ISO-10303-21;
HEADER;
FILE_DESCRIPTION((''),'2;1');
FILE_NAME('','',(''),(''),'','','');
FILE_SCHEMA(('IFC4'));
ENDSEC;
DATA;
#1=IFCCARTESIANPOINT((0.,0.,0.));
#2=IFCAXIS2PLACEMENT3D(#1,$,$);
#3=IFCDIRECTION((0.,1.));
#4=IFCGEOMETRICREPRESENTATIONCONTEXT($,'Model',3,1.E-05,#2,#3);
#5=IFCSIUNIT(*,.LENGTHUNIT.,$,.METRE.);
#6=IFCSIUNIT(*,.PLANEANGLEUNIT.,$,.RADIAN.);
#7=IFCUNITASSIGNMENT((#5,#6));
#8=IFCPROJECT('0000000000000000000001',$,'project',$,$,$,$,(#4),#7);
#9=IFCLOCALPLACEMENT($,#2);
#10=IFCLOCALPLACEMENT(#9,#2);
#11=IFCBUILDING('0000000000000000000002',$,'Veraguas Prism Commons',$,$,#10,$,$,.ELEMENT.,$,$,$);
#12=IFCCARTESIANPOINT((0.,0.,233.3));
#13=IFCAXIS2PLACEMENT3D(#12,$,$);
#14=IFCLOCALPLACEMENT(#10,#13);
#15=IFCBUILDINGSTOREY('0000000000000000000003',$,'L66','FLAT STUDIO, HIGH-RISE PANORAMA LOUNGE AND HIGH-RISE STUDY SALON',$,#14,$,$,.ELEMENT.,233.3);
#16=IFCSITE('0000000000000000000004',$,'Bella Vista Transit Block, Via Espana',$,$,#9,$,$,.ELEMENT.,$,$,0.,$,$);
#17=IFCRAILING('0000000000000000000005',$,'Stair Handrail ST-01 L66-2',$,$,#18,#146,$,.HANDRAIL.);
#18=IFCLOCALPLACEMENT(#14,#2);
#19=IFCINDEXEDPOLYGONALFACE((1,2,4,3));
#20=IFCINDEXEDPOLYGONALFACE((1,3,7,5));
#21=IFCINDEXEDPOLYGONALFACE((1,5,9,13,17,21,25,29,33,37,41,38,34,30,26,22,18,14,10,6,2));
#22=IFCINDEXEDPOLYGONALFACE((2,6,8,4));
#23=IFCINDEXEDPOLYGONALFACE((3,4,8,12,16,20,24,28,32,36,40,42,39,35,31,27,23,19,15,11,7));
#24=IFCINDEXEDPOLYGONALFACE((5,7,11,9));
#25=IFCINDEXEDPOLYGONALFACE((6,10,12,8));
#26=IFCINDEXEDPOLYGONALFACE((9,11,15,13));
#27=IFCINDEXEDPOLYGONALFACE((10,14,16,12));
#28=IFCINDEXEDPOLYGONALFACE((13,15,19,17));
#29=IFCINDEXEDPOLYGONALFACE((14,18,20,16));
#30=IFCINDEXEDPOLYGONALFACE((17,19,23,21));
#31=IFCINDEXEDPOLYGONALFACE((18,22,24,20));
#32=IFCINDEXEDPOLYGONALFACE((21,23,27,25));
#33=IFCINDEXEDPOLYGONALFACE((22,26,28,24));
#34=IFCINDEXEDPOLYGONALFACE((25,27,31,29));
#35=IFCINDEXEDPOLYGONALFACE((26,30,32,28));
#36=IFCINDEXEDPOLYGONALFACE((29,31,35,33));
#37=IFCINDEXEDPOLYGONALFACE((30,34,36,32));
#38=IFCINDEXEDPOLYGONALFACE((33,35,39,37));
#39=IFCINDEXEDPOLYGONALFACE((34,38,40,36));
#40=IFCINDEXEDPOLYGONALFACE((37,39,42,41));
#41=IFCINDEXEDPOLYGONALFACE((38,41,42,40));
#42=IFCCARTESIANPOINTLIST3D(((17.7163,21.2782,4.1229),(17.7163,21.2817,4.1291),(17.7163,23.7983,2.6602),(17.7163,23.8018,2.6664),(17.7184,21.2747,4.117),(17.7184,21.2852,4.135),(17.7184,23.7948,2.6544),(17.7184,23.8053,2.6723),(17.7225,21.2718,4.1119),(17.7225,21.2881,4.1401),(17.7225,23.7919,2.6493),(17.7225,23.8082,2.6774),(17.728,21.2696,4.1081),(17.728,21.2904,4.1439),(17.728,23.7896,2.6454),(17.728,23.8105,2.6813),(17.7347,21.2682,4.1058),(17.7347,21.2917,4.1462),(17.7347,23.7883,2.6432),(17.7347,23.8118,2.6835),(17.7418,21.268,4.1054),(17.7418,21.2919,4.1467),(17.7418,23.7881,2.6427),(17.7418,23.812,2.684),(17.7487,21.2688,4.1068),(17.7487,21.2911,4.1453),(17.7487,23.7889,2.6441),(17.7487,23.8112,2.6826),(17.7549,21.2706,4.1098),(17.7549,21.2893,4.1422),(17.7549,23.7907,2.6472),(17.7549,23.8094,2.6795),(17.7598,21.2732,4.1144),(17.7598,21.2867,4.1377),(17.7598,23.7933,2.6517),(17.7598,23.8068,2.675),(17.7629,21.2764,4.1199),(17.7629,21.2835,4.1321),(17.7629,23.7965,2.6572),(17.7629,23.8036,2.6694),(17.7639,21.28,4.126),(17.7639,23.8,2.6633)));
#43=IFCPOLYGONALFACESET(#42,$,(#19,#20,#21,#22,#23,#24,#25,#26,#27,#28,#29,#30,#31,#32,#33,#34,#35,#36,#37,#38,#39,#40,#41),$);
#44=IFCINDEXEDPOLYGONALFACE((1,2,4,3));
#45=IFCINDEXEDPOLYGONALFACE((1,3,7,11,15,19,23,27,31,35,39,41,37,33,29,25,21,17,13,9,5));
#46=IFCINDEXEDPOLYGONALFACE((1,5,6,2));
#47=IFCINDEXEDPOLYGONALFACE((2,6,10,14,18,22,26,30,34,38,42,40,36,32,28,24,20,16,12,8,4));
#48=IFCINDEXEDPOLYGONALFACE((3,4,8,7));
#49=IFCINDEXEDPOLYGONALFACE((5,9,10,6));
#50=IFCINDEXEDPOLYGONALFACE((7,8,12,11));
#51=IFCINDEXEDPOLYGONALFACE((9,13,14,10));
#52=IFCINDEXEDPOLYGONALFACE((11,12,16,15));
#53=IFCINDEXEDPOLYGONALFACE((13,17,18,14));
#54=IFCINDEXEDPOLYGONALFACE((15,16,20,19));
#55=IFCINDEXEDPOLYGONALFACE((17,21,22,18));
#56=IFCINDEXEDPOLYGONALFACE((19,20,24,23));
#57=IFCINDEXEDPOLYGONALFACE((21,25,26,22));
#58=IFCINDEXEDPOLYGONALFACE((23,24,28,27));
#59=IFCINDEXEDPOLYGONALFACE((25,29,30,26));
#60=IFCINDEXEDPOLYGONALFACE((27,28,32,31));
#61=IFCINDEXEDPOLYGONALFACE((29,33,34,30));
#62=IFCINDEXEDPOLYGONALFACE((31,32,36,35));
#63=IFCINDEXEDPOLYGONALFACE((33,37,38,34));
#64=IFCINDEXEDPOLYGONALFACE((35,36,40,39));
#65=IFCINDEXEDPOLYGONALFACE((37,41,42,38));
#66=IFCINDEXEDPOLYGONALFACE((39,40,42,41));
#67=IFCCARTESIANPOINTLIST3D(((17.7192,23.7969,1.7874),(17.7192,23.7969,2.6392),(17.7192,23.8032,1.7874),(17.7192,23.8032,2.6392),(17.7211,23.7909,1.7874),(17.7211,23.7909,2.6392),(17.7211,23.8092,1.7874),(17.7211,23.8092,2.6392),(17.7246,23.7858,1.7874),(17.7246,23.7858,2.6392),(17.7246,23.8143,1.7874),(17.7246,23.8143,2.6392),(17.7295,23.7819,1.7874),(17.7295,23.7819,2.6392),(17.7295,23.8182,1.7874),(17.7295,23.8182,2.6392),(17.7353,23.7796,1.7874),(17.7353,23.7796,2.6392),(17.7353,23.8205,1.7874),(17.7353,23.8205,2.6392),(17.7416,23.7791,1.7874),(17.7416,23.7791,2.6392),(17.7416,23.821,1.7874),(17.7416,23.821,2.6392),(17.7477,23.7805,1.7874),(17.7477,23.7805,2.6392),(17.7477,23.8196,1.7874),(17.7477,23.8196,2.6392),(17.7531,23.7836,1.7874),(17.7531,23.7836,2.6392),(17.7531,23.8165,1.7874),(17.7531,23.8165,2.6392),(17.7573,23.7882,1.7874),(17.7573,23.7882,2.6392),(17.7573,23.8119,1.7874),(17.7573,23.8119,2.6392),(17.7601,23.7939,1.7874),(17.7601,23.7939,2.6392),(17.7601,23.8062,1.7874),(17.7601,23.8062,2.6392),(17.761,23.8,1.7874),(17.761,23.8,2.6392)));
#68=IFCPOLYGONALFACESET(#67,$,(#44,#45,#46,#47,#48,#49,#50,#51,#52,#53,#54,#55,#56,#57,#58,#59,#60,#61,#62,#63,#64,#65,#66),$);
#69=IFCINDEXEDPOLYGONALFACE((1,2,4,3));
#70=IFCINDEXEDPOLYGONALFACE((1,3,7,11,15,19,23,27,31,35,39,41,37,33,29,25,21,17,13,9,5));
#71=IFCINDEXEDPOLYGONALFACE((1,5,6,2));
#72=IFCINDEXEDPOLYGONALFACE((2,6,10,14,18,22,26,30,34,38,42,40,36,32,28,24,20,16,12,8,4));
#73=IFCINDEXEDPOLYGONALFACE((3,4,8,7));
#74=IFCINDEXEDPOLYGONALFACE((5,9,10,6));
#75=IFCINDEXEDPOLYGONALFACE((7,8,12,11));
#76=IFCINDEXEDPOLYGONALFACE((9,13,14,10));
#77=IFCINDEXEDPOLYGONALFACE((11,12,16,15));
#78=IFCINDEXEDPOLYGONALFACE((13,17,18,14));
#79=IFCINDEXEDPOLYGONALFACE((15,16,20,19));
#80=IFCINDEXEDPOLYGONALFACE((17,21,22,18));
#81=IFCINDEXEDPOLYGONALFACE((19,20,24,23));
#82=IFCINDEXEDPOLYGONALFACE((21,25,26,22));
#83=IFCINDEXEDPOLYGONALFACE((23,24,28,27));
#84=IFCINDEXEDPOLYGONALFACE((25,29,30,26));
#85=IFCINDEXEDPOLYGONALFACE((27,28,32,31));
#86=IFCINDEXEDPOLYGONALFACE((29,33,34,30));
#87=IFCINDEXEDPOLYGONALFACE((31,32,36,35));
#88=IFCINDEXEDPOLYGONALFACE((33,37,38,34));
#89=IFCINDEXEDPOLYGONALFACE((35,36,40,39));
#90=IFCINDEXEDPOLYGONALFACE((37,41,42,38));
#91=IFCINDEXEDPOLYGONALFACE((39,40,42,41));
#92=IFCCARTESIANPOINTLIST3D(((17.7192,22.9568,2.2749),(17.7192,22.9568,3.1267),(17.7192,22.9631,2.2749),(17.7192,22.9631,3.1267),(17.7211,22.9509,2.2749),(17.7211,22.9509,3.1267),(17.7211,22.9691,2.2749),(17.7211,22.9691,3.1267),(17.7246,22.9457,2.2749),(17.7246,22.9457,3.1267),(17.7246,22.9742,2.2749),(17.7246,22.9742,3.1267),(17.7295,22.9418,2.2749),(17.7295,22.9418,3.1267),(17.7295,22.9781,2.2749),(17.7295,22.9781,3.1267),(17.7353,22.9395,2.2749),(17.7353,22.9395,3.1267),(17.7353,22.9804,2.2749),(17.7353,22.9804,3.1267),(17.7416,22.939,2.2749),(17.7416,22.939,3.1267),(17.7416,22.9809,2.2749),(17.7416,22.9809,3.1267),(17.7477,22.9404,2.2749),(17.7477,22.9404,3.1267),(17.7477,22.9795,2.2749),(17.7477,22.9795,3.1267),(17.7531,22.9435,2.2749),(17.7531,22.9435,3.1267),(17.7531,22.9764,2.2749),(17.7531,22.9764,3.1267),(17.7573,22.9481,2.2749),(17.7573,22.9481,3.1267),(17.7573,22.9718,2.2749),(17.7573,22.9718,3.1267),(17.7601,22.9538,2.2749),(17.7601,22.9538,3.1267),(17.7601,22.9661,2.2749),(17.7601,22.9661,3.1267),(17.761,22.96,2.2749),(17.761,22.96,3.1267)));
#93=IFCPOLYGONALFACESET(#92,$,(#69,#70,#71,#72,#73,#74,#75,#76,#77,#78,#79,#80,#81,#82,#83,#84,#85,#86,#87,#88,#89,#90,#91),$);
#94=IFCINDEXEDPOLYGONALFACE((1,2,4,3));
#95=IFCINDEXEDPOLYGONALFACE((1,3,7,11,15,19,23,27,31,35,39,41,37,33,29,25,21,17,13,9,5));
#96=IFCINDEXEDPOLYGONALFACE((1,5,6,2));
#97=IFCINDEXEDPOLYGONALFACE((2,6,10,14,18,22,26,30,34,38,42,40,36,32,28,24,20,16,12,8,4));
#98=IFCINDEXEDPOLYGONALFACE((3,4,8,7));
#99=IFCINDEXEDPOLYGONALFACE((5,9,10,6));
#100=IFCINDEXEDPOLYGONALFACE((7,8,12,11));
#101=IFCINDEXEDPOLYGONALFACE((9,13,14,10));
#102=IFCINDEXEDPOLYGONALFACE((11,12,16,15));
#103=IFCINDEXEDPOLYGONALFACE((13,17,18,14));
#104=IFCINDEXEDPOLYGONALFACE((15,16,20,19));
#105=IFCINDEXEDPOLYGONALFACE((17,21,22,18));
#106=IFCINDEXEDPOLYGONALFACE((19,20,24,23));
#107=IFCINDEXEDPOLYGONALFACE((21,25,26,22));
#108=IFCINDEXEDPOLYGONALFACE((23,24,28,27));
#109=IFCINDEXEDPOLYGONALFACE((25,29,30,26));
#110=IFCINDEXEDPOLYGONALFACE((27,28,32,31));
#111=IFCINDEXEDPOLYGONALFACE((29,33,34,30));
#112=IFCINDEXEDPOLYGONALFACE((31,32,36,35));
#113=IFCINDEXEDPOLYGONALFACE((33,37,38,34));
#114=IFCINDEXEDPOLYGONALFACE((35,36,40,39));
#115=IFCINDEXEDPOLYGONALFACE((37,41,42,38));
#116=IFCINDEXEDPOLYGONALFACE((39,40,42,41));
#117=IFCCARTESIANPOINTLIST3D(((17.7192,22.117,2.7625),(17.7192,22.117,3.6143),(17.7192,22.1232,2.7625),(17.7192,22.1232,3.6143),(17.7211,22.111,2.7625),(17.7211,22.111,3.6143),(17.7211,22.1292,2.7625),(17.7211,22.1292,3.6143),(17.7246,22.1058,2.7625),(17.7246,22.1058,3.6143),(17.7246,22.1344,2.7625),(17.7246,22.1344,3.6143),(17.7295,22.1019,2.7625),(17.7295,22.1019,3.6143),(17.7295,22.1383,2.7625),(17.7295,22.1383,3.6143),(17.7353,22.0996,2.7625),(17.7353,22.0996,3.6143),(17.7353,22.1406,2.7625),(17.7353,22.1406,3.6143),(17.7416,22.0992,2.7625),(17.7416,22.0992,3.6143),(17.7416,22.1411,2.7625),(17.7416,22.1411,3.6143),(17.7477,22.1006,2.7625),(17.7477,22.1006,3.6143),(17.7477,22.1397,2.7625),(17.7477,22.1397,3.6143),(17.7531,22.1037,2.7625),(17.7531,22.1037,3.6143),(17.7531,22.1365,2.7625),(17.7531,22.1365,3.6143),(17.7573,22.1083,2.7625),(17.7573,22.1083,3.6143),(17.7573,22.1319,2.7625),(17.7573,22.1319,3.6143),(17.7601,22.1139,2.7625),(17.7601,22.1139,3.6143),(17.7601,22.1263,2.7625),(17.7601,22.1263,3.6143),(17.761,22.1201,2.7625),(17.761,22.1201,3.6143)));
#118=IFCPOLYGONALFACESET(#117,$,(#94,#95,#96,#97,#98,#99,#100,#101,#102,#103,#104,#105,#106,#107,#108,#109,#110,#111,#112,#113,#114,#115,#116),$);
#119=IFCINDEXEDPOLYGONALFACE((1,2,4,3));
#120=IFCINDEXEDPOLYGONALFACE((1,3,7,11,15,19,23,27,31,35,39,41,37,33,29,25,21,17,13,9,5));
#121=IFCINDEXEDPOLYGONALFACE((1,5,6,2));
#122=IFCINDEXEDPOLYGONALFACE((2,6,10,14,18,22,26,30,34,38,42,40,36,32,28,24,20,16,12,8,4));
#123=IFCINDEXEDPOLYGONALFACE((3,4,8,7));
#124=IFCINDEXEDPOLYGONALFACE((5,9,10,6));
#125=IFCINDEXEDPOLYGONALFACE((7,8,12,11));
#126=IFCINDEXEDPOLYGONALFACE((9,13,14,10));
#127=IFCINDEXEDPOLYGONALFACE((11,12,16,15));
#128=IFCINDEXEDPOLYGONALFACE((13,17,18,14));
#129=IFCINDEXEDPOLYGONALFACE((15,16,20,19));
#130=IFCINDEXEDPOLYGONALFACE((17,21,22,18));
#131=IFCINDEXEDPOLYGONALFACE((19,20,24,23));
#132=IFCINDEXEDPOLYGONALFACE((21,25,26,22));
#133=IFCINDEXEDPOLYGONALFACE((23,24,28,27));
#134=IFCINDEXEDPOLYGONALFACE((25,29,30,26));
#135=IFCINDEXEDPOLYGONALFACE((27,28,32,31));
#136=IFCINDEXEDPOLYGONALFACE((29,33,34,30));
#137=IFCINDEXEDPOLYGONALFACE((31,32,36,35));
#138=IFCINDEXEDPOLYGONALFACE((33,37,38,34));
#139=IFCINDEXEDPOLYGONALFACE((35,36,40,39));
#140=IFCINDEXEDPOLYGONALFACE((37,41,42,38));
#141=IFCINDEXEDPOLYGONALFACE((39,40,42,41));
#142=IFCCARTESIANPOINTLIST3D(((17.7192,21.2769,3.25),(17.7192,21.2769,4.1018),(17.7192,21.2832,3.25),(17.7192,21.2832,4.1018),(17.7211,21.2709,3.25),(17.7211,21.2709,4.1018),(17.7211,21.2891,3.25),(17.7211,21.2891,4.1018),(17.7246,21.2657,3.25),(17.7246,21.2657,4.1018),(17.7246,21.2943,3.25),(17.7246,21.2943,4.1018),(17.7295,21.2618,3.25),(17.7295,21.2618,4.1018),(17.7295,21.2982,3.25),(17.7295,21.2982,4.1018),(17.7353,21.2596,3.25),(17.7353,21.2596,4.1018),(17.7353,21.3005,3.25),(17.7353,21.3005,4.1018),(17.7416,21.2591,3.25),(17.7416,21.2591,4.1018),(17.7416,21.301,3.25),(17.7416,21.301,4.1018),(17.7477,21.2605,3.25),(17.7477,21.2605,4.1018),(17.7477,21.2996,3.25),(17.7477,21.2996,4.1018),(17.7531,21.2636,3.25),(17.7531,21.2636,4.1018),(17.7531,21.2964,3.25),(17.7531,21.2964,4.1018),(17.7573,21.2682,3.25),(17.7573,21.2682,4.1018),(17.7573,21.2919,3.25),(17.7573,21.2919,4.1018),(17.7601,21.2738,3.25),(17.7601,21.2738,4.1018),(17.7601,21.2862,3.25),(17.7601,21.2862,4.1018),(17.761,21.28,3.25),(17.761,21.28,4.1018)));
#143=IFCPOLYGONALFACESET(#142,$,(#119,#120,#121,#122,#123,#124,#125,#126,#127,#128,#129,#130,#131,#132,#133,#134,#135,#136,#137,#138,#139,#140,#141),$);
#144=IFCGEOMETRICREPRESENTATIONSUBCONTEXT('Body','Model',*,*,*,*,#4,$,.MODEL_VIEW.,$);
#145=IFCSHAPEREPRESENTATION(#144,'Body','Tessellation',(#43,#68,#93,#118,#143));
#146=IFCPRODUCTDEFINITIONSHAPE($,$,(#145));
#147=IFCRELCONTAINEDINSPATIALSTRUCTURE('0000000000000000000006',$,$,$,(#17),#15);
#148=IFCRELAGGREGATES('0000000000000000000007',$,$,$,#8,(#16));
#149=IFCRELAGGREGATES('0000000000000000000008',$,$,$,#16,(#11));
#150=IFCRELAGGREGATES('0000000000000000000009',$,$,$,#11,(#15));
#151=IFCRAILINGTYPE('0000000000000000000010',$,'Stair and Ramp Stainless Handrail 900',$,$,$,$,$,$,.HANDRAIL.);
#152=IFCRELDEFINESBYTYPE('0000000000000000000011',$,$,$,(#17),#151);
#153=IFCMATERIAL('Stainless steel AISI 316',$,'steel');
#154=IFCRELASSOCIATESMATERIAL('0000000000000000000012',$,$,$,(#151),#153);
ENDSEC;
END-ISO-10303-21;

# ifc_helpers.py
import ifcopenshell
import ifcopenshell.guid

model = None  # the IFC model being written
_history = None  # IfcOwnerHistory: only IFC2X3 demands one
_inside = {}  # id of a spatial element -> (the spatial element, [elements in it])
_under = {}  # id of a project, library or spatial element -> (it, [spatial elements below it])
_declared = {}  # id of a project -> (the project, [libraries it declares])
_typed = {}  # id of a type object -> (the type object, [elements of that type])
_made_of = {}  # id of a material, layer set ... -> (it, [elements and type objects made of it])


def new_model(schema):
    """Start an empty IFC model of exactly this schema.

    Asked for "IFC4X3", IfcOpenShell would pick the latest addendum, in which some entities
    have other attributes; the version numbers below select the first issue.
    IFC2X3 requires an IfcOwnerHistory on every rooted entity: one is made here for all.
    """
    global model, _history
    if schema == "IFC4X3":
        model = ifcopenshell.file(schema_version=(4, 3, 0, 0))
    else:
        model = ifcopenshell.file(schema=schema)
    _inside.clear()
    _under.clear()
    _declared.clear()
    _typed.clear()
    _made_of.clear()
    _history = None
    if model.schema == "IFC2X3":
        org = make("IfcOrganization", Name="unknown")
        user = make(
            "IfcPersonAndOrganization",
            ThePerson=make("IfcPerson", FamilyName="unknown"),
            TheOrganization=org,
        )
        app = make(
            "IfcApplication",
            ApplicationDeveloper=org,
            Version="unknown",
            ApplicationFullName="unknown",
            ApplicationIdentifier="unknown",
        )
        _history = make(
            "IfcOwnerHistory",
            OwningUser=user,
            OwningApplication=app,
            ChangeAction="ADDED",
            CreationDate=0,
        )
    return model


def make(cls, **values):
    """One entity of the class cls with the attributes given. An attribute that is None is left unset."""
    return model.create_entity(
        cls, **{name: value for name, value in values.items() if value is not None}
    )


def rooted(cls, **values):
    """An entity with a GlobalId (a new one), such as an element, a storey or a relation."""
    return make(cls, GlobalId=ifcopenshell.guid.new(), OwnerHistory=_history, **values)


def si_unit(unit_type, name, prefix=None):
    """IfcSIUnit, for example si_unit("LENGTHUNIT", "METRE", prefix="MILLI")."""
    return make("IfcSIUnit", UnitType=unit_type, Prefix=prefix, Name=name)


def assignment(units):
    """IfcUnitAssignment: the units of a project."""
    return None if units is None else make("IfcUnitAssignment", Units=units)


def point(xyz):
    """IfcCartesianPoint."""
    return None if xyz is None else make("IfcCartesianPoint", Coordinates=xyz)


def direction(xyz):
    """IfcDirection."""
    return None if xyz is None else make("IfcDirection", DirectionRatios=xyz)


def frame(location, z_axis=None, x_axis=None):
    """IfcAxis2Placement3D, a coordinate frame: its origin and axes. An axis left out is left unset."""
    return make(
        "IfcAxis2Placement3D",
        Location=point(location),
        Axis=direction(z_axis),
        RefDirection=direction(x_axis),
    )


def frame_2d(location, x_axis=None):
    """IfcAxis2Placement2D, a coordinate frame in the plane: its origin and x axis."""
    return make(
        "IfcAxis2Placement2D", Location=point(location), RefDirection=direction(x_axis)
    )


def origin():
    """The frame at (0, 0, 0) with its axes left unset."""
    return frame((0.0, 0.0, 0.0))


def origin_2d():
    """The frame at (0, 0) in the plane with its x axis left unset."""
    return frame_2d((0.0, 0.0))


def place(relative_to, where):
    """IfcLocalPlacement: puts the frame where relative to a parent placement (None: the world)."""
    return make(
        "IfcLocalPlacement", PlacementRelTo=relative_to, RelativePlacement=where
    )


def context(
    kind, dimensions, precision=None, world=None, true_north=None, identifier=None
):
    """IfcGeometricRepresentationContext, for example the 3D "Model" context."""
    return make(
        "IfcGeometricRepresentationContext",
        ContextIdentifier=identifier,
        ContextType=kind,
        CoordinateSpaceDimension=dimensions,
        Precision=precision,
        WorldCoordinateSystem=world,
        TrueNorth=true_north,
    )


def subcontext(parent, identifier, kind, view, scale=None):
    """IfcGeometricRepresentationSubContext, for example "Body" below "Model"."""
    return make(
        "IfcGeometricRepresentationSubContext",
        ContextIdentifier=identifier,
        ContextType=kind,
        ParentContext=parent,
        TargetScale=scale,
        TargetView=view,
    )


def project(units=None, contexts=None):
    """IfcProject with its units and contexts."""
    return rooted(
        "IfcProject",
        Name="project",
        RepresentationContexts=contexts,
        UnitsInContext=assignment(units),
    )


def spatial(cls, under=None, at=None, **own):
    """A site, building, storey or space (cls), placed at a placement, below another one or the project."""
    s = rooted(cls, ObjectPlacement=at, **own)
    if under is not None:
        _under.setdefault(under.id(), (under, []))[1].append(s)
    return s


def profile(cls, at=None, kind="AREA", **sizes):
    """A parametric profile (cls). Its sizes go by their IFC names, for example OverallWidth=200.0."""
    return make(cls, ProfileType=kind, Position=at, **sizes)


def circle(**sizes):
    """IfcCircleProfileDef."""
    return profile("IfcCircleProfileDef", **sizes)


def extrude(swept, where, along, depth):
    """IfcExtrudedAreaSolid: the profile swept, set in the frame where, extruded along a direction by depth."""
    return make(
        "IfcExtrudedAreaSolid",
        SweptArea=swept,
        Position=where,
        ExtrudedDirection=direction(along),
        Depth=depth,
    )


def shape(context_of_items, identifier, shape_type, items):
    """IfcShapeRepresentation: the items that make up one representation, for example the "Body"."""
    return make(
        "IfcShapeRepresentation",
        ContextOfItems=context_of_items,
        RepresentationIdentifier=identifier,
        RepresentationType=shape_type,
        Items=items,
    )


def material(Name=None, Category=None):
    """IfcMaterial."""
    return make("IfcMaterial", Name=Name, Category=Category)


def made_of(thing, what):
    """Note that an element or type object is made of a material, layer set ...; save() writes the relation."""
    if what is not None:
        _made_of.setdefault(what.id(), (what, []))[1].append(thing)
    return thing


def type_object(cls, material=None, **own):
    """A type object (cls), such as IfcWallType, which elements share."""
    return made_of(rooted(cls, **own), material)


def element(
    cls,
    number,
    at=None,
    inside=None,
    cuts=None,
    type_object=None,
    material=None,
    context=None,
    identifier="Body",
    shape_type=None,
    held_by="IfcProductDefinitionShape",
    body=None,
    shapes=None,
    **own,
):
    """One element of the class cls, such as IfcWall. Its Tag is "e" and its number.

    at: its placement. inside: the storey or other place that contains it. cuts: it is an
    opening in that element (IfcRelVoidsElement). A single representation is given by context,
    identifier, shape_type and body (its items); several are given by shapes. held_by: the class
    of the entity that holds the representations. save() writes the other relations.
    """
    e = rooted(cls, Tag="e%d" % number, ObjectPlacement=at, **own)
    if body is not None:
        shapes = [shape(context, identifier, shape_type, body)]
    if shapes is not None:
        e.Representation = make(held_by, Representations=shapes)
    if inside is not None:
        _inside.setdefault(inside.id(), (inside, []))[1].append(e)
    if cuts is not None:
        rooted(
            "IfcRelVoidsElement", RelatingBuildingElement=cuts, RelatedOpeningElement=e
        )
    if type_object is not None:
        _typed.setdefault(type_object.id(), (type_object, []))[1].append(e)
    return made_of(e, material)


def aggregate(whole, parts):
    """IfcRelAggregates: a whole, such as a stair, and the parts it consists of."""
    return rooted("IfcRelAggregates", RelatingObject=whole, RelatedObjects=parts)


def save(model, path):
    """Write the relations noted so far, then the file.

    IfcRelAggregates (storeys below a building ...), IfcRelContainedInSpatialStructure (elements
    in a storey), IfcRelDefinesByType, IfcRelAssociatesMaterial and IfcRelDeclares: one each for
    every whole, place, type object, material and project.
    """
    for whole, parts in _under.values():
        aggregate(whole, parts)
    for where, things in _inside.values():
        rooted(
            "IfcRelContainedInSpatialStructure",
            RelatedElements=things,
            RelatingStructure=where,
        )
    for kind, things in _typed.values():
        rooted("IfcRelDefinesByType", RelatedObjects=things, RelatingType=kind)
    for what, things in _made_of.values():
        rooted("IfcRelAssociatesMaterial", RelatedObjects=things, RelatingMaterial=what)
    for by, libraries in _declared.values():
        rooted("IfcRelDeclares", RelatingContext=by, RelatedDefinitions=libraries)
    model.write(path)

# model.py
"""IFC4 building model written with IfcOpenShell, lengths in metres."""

from ifc_helpers import new_model, si_unit, direction, frame, origin, origin_2d, place, context, subcontext, project, spatial, circle, extrude, material, type_object, element, save


model = new_model("IFC4")

# Units and contexts
model_context = context("Model", 3, precision=1e-05, world=origin(), true_north=direction((0.0, 1.0)))
body_context = subcontext(model_context, "Body", "Model", "MODEL_VIEW")
ifc_project = project(units=[si_unit("LENGTHUNIT", "METRE"), si_unit("PLANEANGLEUNIT", "RADIAN")], contexts=[model_context])

# Site, building, storey
site_placement = place(None, origin())
site = spatial("IfcSite", under=ifc_project, at=site_placement, Name="Bella Vista Transit Block, Via Espana", CompositionType="ELEMENT", RefElevation=0.0)
building_placement = place(site_placement, origin())
building = spatial("IfcBuilding", under=site, at=building_placement, Name="Veraguas Prism Commons", CompositionType="ELEMENT")
storey_placement = place(building_placement, frame((0.0, 0.0, 233.3)))
storey = spatial("IfcBuildingStorey", under=building, at=storey_placement, Name="L66", Description="FLAT STUDIO, HIGH-RISE PANORAMA LOUNGE AND HIGH-RISE STUDY SALON", CompositionType="ELEMENT", Elevation=233.3)

# Railing
ifc_material_1 = material(Name="Stainless steel AISI 316", Category="steel")
railing_type_1 = type_object("IfcRailingType", Name="Stair and Ramp Stainless Handrail 900", PredefinedType="HANDRAIL", material=ifc_material_1)
railing_1_placement = place(storey_placement, frame((17.74, 23.8, 1.7874)))
element("IfcRailing", 1, at=railing_1_placement, inside=storey, type_object=railing_type_1, Name="Stair Handrail ST-01 L66-2", PredefinedType="HANDRAIL", context=body_context, shape_type="SweptSolid", body=[
    extrude(circle(Radius=0.0239, at=origin_2d()), frame((0.0, 0.0, 0.876), z_axis=(0.0, -0.864877, 0.501984), x_axis=(1.0, 0.0, 0.0)), (0.0, 0.0, 1.0), 2.9138),
    extrude(circle(Radius=0.021, at=origin_2d()), origin(), (0.0, 0.0, 1.0), 0.8518),
    extrude(circle(Radius=0.021, at=origin_2d()), frame((0.0, -0.8401, 0.4875)), (0.0, 0.0, 1.0), 0.8518),
    extrude(circle(Radius=0.021, at=origin_2d()), frame((0.0, -1.6799, 0.9751)), (0.0, 0.0, 1.0), 0.8518),
    extrude(circle(Radius=0.021, at=origin_2d()), frame((0.0, -2.52, 1.4626)), (0.0, 0.0, 1.0), 0.8518),
])

save(model, "model.ifc")
